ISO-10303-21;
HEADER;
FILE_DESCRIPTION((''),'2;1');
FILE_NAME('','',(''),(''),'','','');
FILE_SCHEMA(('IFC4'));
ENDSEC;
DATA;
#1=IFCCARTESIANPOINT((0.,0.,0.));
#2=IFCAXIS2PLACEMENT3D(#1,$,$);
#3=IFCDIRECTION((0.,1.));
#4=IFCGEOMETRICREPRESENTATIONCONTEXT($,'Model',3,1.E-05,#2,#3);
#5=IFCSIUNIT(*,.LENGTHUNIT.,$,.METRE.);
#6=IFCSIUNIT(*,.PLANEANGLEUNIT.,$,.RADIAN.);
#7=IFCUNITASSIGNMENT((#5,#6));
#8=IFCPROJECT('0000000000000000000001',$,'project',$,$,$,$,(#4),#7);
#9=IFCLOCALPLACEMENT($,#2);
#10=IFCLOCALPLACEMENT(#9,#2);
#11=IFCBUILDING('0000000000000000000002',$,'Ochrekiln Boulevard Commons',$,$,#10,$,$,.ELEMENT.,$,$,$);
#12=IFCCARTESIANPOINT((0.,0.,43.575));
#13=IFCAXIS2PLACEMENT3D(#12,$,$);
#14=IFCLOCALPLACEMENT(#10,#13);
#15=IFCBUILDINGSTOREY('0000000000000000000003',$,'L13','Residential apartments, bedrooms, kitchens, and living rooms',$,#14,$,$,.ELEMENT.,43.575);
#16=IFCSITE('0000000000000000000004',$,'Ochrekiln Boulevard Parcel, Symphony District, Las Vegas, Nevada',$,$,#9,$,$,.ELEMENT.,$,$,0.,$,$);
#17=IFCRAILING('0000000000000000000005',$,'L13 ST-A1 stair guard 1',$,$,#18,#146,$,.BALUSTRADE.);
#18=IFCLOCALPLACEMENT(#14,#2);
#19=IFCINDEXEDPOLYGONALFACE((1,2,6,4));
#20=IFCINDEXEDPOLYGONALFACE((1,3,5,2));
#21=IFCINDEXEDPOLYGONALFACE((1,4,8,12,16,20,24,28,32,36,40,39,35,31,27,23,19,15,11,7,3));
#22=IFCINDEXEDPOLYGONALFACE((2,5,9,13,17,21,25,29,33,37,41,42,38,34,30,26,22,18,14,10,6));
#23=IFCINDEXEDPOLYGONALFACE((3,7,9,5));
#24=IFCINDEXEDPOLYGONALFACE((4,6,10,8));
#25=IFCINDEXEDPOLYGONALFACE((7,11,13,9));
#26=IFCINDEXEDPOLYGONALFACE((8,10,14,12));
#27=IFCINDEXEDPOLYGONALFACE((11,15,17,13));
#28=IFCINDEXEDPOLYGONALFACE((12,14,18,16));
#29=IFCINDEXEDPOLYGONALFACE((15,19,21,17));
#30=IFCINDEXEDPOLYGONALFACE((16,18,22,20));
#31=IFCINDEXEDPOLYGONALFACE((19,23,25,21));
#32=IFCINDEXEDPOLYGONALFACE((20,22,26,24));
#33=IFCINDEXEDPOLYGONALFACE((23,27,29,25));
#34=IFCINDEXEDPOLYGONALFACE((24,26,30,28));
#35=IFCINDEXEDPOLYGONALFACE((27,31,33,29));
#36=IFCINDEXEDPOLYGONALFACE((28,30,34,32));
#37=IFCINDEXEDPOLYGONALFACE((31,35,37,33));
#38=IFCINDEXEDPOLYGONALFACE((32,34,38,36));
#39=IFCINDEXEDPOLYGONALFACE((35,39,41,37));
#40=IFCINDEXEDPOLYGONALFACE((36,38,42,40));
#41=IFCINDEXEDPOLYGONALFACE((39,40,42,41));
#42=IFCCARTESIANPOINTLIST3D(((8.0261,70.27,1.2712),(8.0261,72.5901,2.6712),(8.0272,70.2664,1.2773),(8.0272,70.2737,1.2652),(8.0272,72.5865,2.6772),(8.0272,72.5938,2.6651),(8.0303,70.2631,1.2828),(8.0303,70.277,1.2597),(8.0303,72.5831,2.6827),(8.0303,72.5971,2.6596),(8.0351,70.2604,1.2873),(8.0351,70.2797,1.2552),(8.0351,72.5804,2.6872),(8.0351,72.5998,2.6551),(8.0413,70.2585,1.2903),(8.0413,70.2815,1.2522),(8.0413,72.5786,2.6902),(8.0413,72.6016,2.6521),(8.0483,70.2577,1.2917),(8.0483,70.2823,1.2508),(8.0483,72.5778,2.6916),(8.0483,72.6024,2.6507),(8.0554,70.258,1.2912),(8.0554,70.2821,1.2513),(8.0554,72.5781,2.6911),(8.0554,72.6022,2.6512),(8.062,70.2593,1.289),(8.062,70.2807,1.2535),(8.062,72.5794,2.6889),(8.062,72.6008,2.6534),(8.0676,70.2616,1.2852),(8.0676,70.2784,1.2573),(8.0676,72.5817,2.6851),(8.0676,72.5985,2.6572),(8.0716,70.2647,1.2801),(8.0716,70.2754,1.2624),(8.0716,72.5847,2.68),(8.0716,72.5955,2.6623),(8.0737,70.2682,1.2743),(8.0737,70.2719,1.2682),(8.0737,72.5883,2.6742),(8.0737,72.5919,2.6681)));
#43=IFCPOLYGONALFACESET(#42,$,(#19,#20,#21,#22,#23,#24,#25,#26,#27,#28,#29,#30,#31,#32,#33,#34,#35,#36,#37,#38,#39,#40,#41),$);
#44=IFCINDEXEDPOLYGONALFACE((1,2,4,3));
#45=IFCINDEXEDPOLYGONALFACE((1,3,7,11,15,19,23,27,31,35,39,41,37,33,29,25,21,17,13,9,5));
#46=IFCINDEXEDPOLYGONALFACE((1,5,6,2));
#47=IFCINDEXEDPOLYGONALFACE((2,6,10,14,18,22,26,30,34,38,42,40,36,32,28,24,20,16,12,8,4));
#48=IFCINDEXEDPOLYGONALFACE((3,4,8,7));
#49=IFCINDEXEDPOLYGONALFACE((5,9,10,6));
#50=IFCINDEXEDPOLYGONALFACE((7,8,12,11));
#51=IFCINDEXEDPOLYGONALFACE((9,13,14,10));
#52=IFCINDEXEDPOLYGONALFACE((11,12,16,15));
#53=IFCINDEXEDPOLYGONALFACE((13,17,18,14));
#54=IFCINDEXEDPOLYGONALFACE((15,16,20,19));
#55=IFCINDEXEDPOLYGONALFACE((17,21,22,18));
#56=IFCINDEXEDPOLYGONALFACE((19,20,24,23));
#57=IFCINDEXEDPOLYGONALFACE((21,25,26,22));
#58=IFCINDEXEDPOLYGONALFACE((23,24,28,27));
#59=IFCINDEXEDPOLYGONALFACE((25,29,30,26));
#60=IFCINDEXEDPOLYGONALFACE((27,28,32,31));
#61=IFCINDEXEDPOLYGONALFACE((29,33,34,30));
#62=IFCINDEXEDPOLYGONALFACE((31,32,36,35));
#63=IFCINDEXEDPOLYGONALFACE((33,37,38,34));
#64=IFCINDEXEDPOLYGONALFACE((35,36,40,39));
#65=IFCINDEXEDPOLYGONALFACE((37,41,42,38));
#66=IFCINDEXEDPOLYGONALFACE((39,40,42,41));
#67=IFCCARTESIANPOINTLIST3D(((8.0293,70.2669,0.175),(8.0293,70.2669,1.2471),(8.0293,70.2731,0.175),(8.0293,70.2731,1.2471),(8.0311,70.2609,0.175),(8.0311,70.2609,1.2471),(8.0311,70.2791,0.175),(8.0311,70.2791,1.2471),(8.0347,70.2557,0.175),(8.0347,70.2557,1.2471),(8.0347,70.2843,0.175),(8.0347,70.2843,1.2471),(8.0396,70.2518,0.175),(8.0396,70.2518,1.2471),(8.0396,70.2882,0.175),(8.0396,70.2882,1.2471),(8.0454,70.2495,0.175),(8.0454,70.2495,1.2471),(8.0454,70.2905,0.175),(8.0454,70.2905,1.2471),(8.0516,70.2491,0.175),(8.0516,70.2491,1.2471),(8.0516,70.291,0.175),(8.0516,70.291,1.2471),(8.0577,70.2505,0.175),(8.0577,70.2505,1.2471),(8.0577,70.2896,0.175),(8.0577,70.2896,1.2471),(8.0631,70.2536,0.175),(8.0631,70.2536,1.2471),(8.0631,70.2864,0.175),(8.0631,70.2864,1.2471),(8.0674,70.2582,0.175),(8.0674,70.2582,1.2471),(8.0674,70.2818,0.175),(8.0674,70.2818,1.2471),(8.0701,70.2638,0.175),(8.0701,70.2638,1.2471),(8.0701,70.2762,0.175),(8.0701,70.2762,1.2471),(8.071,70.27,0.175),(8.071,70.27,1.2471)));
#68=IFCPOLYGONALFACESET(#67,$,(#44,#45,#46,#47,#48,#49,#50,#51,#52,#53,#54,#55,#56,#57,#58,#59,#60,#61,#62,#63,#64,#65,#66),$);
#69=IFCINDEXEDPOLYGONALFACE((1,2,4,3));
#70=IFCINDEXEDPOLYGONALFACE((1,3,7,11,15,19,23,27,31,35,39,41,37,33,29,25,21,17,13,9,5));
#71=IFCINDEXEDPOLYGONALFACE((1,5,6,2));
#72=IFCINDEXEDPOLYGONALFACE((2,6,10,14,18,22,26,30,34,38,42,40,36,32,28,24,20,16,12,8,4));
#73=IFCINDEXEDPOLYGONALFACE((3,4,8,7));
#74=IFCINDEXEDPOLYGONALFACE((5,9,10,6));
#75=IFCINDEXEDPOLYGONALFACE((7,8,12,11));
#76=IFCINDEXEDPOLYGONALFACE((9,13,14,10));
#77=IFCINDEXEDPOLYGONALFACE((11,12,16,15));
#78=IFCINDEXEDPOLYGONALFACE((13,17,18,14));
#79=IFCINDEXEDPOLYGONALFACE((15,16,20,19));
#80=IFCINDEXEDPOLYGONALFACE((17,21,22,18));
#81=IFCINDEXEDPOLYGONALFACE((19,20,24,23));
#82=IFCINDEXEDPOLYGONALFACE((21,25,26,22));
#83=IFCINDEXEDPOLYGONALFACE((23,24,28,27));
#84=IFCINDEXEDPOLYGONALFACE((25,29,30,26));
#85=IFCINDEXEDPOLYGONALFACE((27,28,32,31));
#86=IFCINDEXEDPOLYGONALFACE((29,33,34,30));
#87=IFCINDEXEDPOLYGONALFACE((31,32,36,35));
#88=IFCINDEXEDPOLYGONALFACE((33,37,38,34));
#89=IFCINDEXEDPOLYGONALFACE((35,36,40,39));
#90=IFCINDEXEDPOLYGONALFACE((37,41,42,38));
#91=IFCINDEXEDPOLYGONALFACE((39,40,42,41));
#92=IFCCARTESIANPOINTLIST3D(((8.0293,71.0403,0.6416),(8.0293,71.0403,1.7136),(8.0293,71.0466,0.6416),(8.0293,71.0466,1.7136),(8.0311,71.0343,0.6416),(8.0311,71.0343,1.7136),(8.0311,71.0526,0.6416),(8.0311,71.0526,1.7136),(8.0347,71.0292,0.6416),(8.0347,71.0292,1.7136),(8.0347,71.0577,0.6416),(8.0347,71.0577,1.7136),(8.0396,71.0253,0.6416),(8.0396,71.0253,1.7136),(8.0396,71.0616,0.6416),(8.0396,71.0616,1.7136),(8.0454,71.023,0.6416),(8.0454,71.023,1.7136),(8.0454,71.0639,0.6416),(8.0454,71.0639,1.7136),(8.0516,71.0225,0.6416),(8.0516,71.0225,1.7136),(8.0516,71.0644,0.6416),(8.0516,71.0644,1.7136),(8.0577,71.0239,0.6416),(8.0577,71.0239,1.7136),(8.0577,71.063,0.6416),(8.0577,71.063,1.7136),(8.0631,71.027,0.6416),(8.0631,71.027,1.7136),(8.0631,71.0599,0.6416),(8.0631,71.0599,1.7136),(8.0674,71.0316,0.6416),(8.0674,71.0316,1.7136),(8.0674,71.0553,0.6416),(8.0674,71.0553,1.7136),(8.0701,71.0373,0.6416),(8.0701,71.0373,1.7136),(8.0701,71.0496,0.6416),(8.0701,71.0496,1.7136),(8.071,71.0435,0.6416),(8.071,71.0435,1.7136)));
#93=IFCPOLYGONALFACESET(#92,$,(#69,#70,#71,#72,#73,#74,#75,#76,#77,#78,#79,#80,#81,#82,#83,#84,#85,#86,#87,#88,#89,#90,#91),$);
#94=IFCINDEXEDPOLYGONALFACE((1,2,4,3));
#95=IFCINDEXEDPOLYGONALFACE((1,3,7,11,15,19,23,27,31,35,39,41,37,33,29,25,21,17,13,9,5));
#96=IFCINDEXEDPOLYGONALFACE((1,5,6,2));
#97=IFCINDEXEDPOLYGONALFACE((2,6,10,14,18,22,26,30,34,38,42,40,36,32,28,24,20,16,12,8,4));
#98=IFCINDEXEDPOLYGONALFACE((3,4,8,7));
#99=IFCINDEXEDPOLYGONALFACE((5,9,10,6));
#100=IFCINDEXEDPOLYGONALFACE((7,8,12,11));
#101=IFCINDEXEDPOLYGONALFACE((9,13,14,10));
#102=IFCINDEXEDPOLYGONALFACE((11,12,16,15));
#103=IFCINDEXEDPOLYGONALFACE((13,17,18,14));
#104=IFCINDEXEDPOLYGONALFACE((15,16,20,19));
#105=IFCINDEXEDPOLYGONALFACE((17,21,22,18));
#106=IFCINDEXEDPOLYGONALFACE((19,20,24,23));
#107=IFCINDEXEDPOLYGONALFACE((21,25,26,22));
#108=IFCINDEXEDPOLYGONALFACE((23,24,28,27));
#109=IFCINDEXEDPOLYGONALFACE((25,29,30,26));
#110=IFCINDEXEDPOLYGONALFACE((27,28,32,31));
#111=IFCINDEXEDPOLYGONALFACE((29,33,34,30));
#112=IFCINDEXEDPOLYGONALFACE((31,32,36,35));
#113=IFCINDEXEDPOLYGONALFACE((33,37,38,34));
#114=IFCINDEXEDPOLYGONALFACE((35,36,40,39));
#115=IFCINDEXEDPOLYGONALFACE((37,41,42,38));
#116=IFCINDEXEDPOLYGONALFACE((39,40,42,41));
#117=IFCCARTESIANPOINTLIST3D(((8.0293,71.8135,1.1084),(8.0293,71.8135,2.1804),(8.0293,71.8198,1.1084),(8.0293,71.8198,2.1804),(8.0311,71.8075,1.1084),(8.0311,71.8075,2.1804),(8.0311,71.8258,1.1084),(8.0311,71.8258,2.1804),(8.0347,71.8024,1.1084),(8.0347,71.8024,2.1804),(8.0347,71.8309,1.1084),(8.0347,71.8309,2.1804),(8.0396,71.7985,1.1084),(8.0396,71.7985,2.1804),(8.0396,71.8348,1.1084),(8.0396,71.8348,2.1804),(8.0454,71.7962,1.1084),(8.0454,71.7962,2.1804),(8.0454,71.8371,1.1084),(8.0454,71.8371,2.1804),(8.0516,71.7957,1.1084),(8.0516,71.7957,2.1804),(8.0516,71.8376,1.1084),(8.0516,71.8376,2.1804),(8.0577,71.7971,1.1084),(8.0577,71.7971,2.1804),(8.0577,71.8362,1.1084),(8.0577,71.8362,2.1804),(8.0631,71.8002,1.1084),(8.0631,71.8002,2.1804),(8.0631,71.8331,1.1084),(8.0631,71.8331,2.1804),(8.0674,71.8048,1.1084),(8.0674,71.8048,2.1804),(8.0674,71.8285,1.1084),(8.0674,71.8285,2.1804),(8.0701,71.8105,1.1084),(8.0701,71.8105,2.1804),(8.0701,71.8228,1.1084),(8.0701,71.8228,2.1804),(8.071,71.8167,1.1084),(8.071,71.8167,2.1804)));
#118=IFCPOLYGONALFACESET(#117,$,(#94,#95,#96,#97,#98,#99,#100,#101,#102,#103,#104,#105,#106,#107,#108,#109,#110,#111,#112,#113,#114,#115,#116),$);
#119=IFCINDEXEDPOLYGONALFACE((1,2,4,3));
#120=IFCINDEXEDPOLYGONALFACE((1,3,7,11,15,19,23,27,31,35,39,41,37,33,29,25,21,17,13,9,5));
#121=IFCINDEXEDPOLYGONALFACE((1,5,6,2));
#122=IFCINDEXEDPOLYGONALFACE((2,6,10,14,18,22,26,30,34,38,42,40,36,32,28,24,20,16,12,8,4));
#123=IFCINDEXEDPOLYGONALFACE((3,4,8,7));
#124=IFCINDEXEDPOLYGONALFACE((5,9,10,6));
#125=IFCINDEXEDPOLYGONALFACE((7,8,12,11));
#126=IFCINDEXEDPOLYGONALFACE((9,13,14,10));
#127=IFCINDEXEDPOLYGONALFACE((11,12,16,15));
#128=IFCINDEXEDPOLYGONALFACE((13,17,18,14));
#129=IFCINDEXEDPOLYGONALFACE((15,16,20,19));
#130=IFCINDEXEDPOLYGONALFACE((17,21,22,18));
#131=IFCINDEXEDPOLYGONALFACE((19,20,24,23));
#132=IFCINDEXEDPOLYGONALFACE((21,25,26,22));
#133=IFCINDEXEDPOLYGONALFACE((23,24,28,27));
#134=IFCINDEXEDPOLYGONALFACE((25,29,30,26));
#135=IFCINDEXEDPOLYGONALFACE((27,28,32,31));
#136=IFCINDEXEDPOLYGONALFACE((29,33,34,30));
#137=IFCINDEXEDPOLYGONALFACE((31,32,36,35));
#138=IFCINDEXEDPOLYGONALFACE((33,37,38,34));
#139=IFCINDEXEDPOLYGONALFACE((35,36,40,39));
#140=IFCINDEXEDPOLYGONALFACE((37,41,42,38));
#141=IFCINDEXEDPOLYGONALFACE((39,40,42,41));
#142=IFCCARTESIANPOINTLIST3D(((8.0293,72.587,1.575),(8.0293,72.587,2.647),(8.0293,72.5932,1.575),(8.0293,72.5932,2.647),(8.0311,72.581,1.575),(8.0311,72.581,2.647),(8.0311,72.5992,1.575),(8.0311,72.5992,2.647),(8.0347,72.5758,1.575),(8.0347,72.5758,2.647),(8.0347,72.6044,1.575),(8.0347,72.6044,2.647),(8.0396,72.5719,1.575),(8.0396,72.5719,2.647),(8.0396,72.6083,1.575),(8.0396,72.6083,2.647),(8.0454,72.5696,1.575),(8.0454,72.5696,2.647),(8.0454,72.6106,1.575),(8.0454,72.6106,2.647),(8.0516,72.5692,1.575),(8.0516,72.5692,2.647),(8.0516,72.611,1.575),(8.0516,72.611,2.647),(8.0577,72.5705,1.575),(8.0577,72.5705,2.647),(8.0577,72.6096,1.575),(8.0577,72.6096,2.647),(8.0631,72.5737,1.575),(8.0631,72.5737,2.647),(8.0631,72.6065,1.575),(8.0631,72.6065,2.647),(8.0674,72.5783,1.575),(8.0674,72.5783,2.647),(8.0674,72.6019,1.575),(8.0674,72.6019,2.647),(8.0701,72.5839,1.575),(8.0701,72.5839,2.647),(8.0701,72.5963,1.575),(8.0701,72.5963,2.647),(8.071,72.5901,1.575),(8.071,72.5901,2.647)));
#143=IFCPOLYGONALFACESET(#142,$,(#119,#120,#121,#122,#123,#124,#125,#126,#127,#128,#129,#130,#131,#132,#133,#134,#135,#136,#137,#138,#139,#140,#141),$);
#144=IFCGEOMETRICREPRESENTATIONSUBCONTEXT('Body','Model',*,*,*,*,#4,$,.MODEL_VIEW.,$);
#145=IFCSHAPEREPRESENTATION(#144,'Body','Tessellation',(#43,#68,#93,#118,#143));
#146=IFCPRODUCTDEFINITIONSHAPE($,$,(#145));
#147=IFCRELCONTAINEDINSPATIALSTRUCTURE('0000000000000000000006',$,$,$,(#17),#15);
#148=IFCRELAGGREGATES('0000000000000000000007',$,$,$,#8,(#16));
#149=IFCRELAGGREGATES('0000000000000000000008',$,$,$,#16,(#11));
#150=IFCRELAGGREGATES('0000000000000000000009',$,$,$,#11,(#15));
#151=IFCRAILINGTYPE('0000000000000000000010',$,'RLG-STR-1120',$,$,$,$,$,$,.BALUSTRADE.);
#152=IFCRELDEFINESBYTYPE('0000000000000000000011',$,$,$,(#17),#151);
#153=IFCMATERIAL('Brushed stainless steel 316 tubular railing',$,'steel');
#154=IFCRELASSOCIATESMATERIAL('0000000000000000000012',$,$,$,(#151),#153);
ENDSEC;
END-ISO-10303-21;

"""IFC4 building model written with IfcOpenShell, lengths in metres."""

from ifc_helpers import new_model, si_unit, direction, frame, origin, origin_2d, place, context, subcontext, project, spatial, circle, extrude, material, type_object, element, save


model = new_model("IFC4")

# Units and contexts
model_context = context("Model", 3, precision=1e-05, world=origin(), true_north=direction((0.0, 1.0)))
body_context = subcontext(model_context, "Body", "Model", "MODEL_VIEW")
ifc_project = project(units=[si_unit("LENGTHUNIT", "METRE"), si_unit("PLANEANGLEUNIT", "RADIAN")], contexts=[model_context])

# Site, building, storey
site_placement = place(None, origin())
site = spatial("IfcSite", under=ifc_project, at=site_placement, Name="Ochrekiln Boulevard Parcel, Symphony District, Las Vegas, Nevada", CompositionType="ELEMENT", RefElevation=0.0)
building_placement = place(site_placement, origin())
building = spatial("IfcBuilding", under=site, at=building_placement, Name="Ochrekiln Boulevard Commons", CompositionType="ELEMENT")
storey_placement = place(building_placement, frame((0.0, 0.0, 43.575)))
storey = spatial("IfcBuildingStorey", under=building, at=storey_placement, Name="L13", Description="Residential apartments, bedrooms, kitchens, and living rooms", CompositionType="ELEMENT", Elevation=43.575)

# Railing
ifc_material_1 = material(Name="Brushed stainless steel 316 tubular railing", Category="steel")
railing_type_1 = type_object("IfcRailingType", Name="RLG-STR-1120", PredefinedType="BALUSTRADE", material=ifc_material_1)
railing_1_placement = place(storey_placement, frame((8.05, 70.27, 0.175)))
element("IfcRailing", 1, at=railing_1_placement, inside=storey, type_object=railing_type_1, Name="L13 ST-A1 stair guard 1", PredefinedType="BALUSTRADE", context=body_context, shape_type="SweptSolid", body=[
    extrude(circle(Radius=0.0239, at=origin_2d()), frame((0.0, 0.0, 1.0962), z_axis=(0.0, 0.85621, 0.516627), x_axis=(-1.0, 0.0, 0.0)), (0.0, 0.0, 1.0), 2.7097),
    extrude(circle(Radius=0.021, at=origin_2d()), origin(), (0.0, 0.0, 1.0), 1.072),
    extrude(circle(Radius=0.021, at=origin_2d()), frame((0.0, 0.7734, 0.4666)), (0.0, 0.0, 1.0), 1.072),
    extrude(circle(Radius=0.021, at=origin_2d()), frame((0.0, 1.5466, 0.9333)), (0.0, 0.0, 1.0), 1.072),
    extrude(circle(Radius=0.021, at=origin_2d()), frame((0.0, 2.3201, 1.3999)), (0.0, 0.0, 1.0), 1.072),
])

save(model, "model.ifc")
